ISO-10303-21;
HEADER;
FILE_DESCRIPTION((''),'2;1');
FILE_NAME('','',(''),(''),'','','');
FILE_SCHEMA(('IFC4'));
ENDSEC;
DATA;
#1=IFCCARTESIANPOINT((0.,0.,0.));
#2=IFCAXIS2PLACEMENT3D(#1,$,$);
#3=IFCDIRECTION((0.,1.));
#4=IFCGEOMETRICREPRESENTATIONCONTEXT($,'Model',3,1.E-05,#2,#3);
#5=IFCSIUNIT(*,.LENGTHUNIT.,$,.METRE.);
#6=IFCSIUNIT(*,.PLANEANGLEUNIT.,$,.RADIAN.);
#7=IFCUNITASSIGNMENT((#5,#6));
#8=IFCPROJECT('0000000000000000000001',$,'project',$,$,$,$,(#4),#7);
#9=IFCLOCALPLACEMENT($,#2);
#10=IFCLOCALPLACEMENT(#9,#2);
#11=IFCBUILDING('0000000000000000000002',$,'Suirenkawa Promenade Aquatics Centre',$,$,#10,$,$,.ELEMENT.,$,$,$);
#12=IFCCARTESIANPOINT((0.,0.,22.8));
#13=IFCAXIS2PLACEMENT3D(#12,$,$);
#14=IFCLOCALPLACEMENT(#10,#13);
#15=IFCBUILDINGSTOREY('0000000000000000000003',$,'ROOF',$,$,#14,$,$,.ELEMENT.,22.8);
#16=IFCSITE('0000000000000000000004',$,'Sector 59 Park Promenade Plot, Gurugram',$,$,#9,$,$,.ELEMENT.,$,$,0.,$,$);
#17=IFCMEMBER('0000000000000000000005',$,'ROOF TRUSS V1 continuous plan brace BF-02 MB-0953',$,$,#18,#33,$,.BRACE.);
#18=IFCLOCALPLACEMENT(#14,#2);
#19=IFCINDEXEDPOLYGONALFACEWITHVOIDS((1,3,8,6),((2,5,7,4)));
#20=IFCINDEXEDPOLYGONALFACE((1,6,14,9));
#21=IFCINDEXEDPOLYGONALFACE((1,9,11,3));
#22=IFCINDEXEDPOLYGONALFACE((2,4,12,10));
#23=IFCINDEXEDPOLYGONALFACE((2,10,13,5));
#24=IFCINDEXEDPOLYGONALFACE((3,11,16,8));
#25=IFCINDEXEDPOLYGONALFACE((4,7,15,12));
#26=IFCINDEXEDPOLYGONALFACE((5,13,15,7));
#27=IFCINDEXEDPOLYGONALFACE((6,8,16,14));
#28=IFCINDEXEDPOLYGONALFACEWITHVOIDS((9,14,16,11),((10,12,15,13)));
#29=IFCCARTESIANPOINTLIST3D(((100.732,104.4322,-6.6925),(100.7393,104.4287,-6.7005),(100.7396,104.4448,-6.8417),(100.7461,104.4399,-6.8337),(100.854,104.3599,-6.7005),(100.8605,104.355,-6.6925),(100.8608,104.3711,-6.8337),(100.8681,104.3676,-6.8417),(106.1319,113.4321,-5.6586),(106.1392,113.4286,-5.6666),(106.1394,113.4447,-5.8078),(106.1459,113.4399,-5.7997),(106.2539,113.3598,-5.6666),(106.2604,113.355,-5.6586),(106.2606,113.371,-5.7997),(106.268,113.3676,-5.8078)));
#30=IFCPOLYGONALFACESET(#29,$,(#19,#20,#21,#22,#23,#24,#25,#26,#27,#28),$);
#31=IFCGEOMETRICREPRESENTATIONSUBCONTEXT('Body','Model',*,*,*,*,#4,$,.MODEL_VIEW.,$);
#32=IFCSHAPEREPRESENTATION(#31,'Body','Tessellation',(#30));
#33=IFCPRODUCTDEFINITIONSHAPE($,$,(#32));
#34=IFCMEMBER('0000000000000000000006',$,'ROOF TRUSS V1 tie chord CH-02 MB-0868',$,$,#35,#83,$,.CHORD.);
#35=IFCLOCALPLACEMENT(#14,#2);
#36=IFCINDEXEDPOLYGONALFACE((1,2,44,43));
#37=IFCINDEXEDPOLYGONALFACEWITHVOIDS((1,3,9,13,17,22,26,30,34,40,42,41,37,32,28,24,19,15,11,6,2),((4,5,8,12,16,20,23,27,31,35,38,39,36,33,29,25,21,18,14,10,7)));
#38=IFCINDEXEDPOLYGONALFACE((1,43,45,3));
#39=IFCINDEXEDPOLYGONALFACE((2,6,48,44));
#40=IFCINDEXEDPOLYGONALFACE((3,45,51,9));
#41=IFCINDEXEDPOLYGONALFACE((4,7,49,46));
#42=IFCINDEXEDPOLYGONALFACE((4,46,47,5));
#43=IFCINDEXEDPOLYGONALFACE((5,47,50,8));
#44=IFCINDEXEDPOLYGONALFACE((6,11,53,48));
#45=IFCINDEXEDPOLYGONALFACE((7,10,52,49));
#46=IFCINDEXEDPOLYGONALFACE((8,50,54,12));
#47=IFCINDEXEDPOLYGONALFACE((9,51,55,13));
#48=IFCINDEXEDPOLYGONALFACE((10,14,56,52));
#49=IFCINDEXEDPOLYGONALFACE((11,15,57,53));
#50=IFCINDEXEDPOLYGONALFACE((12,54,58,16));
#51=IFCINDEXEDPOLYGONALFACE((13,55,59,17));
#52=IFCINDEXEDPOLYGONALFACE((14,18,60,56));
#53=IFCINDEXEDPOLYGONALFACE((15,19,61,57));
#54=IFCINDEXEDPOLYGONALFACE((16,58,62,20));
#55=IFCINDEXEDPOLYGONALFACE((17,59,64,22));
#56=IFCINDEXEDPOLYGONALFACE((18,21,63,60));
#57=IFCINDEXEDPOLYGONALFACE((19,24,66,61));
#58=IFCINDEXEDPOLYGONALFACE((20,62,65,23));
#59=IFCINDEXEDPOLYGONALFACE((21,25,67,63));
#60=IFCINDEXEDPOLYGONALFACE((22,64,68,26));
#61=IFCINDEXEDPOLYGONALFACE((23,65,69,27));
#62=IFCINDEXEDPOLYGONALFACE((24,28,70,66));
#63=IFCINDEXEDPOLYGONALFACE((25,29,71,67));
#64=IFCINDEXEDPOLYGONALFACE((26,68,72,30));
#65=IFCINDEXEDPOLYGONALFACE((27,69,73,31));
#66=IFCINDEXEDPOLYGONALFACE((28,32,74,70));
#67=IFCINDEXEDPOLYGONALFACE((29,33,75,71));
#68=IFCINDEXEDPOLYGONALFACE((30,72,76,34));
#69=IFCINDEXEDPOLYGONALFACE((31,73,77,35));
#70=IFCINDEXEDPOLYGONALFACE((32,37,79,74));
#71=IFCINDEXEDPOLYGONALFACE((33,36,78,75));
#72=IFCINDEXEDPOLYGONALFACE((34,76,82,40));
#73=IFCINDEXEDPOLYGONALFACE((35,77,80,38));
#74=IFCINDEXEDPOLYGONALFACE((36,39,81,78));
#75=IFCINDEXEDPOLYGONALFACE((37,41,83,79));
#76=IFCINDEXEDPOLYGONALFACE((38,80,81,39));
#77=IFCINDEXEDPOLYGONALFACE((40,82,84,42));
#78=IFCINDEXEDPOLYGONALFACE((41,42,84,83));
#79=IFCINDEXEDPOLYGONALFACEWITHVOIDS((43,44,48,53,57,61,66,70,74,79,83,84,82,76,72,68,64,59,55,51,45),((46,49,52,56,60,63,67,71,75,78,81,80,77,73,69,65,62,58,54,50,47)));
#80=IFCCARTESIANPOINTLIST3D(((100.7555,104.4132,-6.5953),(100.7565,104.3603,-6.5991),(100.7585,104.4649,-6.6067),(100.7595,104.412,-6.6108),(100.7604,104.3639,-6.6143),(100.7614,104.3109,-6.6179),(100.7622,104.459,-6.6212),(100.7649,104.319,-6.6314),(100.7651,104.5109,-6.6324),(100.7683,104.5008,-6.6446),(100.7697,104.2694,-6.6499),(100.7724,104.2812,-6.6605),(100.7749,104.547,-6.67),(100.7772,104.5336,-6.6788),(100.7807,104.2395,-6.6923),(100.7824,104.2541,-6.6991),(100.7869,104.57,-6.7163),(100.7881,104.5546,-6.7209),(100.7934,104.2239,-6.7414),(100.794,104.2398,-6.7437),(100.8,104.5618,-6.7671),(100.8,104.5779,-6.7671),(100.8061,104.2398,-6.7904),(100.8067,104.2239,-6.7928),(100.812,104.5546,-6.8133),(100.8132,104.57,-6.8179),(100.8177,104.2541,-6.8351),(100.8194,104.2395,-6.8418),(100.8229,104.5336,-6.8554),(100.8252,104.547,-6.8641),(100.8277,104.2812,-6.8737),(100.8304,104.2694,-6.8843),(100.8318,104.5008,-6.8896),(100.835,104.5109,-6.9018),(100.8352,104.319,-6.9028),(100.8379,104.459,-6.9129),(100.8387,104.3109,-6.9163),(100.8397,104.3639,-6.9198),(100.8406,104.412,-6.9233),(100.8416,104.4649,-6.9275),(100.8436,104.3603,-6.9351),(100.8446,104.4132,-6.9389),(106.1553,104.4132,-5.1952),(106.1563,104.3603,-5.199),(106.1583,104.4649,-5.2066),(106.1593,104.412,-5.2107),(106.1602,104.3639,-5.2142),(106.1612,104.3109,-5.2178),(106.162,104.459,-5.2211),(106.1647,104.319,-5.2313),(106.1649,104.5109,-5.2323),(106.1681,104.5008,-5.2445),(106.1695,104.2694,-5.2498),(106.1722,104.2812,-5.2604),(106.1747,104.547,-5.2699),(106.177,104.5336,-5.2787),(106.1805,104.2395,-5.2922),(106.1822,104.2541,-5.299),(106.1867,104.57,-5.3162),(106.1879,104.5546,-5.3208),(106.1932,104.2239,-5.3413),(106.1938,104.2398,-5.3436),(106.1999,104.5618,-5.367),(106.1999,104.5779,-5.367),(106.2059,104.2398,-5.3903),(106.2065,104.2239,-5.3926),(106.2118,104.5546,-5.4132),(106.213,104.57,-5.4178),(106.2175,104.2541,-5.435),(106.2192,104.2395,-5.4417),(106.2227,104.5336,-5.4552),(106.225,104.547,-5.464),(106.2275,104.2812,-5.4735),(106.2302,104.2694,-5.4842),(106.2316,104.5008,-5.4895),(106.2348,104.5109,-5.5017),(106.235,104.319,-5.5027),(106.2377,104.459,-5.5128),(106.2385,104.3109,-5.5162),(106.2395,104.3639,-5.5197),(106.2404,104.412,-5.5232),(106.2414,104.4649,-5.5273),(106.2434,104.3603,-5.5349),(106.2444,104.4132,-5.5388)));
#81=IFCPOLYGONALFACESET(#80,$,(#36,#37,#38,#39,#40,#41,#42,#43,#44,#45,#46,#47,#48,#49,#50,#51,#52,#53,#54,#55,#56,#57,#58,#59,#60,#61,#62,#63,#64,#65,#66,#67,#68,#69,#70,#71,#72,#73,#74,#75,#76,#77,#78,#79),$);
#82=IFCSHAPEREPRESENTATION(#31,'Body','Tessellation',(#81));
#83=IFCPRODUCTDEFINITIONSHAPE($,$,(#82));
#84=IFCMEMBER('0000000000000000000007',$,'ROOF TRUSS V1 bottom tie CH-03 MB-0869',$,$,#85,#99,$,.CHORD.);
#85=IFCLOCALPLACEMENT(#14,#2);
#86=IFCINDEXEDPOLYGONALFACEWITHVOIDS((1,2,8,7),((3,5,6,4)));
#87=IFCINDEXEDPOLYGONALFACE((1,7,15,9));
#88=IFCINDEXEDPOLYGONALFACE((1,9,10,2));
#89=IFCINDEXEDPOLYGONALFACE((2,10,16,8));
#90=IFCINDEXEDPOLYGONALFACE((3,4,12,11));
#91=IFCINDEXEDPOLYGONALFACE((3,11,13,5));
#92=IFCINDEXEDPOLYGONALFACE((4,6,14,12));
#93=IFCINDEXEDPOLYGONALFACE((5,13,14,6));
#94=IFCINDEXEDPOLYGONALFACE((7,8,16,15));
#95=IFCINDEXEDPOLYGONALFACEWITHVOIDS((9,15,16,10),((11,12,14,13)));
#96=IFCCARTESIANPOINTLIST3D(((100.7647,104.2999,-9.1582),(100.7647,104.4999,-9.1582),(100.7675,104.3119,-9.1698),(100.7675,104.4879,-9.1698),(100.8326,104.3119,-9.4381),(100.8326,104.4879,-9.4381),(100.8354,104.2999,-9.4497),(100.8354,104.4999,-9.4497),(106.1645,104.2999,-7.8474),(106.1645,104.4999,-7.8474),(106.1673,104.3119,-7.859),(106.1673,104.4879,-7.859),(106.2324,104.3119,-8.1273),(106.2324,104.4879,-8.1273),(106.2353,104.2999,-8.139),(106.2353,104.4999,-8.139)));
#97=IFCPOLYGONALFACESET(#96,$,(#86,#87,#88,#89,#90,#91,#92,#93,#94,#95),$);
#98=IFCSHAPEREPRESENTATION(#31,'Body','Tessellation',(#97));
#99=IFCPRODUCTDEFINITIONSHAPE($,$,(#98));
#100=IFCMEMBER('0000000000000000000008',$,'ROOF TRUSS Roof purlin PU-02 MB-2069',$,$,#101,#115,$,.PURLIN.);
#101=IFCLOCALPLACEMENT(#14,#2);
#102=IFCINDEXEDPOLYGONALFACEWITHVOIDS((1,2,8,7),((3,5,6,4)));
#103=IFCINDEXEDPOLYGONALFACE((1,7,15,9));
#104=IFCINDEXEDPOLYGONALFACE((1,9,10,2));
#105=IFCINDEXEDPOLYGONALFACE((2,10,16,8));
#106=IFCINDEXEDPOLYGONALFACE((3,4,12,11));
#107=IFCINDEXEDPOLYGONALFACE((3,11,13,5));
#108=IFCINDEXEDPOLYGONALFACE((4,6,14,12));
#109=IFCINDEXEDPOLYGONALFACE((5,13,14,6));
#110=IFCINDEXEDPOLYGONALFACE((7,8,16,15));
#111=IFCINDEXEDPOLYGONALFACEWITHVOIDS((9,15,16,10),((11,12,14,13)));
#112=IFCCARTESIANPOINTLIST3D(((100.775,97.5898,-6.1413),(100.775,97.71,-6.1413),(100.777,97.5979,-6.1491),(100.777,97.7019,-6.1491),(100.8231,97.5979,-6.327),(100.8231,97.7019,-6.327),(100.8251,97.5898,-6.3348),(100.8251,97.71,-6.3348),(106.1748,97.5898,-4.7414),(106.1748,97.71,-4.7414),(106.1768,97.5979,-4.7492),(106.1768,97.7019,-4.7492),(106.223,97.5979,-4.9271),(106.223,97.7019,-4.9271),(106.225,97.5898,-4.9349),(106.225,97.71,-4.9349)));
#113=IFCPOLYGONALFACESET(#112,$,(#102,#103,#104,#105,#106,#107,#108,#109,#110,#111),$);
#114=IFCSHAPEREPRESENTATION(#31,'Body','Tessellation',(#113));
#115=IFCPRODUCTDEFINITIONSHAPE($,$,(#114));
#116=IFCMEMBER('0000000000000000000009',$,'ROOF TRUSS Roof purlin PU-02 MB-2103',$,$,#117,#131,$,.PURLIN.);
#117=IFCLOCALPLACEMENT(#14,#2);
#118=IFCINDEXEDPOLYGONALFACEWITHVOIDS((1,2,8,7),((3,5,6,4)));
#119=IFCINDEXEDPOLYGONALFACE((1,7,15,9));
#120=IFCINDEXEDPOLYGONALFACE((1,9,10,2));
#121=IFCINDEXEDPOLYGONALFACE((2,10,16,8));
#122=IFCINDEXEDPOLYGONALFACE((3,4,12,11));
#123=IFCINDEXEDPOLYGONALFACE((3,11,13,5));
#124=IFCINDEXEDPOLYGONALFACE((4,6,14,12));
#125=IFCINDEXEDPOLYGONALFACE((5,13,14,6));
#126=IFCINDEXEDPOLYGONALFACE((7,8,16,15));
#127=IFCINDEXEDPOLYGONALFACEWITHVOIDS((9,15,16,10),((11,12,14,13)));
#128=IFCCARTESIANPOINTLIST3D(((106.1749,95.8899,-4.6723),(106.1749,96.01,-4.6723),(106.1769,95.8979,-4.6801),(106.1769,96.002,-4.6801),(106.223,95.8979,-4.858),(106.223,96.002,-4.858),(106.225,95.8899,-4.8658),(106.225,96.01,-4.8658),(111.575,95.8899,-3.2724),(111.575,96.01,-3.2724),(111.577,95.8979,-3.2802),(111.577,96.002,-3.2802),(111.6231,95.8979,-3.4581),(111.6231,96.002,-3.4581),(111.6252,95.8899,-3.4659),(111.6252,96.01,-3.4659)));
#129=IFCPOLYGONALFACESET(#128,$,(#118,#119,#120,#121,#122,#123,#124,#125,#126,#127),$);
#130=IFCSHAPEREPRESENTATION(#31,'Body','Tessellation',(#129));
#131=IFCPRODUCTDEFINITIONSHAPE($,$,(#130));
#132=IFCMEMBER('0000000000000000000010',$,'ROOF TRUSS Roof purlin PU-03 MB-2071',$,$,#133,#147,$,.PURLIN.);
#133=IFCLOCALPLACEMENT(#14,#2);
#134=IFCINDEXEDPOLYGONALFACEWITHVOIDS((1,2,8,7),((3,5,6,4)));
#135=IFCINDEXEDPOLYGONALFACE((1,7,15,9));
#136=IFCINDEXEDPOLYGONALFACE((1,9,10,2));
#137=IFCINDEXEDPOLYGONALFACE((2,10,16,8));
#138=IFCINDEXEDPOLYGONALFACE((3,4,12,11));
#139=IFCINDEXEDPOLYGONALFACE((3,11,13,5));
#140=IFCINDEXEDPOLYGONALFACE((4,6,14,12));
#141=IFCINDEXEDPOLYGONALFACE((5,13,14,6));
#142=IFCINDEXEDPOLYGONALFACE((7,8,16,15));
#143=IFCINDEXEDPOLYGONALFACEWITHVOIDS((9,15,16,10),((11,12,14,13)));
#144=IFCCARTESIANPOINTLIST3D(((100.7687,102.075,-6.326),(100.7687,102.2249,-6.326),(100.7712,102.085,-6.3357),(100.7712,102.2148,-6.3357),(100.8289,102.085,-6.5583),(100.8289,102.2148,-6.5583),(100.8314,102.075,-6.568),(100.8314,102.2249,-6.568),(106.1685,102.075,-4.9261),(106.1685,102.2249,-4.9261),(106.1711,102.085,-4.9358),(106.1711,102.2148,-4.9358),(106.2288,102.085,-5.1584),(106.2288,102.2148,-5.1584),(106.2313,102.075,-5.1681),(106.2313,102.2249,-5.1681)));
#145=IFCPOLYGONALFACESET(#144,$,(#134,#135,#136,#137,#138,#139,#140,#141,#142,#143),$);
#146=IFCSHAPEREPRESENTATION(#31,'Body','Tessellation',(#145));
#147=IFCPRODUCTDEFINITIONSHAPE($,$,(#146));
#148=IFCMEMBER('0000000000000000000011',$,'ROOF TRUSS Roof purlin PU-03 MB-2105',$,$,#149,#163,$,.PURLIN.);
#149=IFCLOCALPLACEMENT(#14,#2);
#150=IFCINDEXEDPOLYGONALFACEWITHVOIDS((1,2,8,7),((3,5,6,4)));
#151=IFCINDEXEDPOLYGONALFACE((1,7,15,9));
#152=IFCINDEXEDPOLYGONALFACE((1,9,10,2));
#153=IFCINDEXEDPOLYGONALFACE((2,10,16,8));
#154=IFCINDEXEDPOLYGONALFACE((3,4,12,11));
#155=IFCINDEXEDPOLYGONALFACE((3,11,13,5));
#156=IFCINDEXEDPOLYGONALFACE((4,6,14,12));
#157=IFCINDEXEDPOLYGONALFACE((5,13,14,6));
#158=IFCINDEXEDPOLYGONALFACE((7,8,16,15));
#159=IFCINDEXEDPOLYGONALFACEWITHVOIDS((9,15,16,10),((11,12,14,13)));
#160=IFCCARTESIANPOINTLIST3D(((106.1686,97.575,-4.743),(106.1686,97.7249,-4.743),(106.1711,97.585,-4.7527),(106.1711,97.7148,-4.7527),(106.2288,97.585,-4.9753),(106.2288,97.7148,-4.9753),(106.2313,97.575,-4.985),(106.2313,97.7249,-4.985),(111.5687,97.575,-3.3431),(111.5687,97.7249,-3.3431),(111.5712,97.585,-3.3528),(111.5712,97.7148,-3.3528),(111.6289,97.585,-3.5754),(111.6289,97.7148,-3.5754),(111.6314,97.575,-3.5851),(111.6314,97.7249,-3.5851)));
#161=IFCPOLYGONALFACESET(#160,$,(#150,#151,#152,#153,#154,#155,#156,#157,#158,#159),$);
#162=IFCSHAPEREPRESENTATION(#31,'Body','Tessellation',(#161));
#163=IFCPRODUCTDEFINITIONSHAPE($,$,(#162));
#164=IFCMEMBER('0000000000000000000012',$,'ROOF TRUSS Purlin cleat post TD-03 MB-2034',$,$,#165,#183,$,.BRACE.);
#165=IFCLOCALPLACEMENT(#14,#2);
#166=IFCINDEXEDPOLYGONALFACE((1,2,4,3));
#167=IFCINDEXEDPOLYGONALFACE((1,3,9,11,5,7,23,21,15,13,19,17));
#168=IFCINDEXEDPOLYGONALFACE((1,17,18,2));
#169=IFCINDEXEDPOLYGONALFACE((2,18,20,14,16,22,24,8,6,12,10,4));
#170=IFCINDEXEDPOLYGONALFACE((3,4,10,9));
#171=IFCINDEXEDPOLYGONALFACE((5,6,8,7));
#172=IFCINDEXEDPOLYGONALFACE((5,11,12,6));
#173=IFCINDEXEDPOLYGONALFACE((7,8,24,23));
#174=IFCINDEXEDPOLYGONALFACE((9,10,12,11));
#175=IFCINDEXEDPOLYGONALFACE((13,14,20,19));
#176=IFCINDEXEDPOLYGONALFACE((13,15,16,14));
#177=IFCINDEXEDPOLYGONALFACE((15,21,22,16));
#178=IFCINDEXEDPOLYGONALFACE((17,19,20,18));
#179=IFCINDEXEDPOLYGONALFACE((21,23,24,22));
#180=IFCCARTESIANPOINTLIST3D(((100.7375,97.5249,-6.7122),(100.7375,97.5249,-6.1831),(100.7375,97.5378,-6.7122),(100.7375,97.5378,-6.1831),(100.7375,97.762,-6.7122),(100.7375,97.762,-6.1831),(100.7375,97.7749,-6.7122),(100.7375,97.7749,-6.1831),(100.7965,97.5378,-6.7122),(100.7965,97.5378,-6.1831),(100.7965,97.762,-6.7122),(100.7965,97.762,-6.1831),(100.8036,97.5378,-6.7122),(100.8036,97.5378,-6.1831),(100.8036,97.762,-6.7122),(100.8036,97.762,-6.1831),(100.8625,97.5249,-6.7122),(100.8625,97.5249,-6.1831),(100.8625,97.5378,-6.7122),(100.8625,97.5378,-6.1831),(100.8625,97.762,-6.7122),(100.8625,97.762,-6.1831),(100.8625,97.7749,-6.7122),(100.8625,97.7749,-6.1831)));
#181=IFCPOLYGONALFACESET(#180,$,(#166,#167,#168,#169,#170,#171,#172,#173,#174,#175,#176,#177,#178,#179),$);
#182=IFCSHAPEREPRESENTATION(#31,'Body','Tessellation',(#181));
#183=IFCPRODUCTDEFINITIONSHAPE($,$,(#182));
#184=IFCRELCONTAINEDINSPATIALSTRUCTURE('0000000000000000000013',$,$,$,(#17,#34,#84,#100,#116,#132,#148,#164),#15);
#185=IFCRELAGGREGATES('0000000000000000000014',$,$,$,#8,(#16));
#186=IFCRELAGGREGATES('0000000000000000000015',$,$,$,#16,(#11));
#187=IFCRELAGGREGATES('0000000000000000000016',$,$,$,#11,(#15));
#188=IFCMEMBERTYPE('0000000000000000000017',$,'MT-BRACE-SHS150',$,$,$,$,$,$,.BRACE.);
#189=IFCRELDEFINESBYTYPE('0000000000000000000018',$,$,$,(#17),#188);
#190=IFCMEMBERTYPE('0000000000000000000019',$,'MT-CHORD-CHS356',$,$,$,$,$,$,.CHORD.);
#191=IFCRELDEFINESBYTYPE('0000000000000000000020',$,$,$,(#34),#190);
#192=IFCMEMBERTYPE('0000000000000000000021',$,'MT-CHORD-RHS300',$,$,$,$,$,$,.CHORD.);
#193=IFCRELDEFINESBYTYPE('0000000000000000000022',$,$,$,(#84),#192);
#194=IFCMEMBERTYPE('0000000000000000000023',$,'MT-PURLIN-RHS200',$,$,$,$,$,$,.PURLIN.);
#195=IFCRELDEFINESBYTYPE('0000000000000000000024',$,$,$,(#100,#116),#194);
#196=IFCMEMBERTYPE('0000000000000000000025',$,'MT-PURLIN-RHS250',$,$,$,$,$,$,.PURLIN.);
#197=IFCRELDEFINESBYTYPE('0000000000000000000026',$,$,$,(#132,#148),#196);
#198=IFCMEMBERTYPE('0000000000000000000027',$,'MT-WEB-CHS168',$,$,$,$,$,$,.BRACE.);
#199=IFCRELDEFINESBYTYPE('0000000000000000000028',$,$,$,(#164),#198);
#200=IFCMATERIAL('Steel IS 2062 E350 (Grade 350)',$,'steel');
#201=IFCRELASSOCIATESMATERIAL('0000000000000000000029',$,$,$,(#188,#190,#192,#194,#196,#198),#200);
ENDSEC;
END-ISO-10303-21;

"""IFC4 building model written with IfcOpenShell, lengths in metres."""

from ifc_helpers import new_model, si_unit, direction, frame, origin, origin_2d, place, context, subcontext, project, spatial, hollow_rectangle, hollow_circle, i_section, extrude, material, material_profile, profile_set, type_object, element, save


model = new_model("IFC4")

# Units and contexts
model_context = context("Model", 3, precision=1e-05, world=origin(), true_north=direction((0.0, 1.0)))
body_context = subcontext(model_context, "Body", "Model", "MODEL_VIEW")
ifc_project = project(units=[si_unit("LENGTHUNIT", "METRE"), si_unit("PLANEANGLEUNIT", "RADIAN")], contexts=[model_context])

# Site, building, storey
site_placement = place(None, origin())
site = spatial("IfcSite", under=ifc_project, at=site_placement, Name="Sector 59 Park Promenade Plot, Gurugram", CompositionType="ELEMENT", RefElevation=0.0)
building_placement = place(site_placement, origin())
building = spatial("IfcBuilding", under=site, at=building_placement, Name="Suirenkawa Promenade Aquatics Centre", CompositionType="ELEMENT")
storey_placement = place(building_placement, frame((0.0, 0.0, 22.8)))
storey = spatial("IfcBuildingStorey", under=building, at=storey_placement, Name="ROOF", CompositionType="ELEMENT", Elevation=22.8)

# Shared definitions
ifc_material = material(Name="Steel IS 2062 E350 (Grade 350)", Category="steel")

# Members
ifc_material_profile_1 = material_profile(ifc_material, hollow_rectangle(XDim=0.1499, YDim=0.1499, WallThickness=0.0081, at=origin_2d()), Name="SHS 150x150x8", Category="steel")
ifc_profile_set_1 = profile_set([ifc_material_profile_1], Name="Steel IS 2062 E350 (Grade 350)")
member_type_1 = type_object("IfcMemberType", Name="MT-BRACE-SHS150", PredefinedType="BRACE", material=ifc_profile_set_1)
member_1_placement = place(storey_placement, frame((100.8, 104.3999, -6.7671), z_axis=(0.512011, 0.853366, 0.098036), x_axis=(-0.857497, 0.514489, 0.0)))
element("IfcMember", 1, at=member_1_placement, inside=storey, type_object=member_type_1, Name="ROOF TRUSS V1 continuous plan brace BF-02 MB-0953", PredefinedType="BRACE", context=body_context, shape_type="SweptSolid", body=[
    extrude(hollow_rectangle(XDim=0.1499, YDim=0.1499, WallThickness=0.0081, at=origin_2d()), origin(), (0.0, 0.0, 1.0), 10.5464),
])
ifc_material_profile_2 = material_profile(ifc_material, hollow_circle(Radius=0.178, WallThickness=0.0161, at=origin_2d()), Name="CHS 356x16", Category="steel")
ifc_profile_set_2 = profile_set([ifc_material_profile_2], Name="Steel IS 2062 E350 (Grade 350)")
member_type_2 = type_object("IfcMemberType", Name="MT-CHORD-CHS356", PredefinedType="CHORD", material=ifc_profile_set_2)
member_2_placement = place(storey_placement, frame((100.8, 104.3999, -6.7671), z_axis=(0.967989, 0.0, 0.250991), x_axis=(0.0, 1.0, 0.0)))
element("IfcMember", 2, at=member_2_placement, inside=storey, type_object=member_type_2, Name="ROOF TRUSS V1 tie chord CH-02 MB-0868", PredefinedType="CHORD", context=body_context, shape_type="SweptSolid", body=[
    extrude(hollow_circle(Radius=0.178, WallThickness=0.0161, at=origin_2d()), origin(), (0.0, 0.0, 1.0), 5.5784),
])
ifc_material_profile_3 = material_profile(ifc_material, hollow_rectangle(XDim=0.2, YDim=0.3, WallThickness=0.012, at=origin_2d()), Name="RHS 300x200x12", Category="steel")
ifc_profile_set_3 = profile_set([ifc_material_profile_3], Name="Steel IS 2062 E350 (Grade 350)")
member_type_3 = type_object("IfcMemberType", Name="MT-CHORD-RHS300", PredefinedType="CHORD", material=ifc_profile_set_3)
member_3_placement = place(storey_placement, frame((100.8, 104.3999, -9.304), z_axis=(0.971779, 0.0, 0.235893), x_axis=(0.0, 1.0, 0.0)))
element("IfcMember", 3, at=member_3_placement, inside=storey, type_object=member_type_3, Name="ROOF TRUSS V1 bottom tie CH-03 MB-0869", PredefinedType="CHORD", context=body_context, shape_type="SweptSolid", body=[
    extrude(hollow_rectangle(XDim=0.2, YDim=0.3, WallThickness=0.012, at=origin_2d()), origin(), (0.0, 0.0, 1.0), 5.5566),
])
ifc_material_profile_4 = material_profile(ifc_material, hollow_rectangle(XDim=0.1201, YDim=0.2, WallThickness=0.0081, at=origin_2d()), Name="RHS 200x120x8", Category="steel")
ifc_profile_set_4 = profile_set([ifc_material_profile_4], Name="Steel IS 2062 E350 (Grade 350)")
member_type_4 = type_object("IfcMemberType", Name="MT-PURLIN-RHS200", PredefinedType="PURLIN", material=ifc_profile_set_4)
member_4_placement = place(storey_placement, frame((100.8, 97.6499, -6.238), z_axis=(0.968, 0.0, 0.25095), x_axis=(0.0, 1.0, 0.0)))
element("IfcMember", 4, at=member_4_placement, inside=storey, type_object=member_type_4, Name="ROOF TRUSS Roof purlin PU-02 MB-2069", PredefinedType="PURLIN", context=body_context, shape_type="SweptSolid", body=[
    extrude(hollow_rectangle(XDim=0.1201, YDim=0.2, WallThickness=0.0081, at=origin_2d()), origin(), (0.0, 0.0, 1.0), 5.5784),
])
member_5_placement = place(storey_placement, frame((106.2, 95.95, -4.769), z_axis=(0.968003, 0.0, 0.250939), x_axis=(0.0, 1.0, 0.0)))
element("IfcMember", 5, at=member_5_placement, inside=storey, type_object=member_type_4, Name="ROOF TRUSS Roof purlin PU-02 MB-2103", PredefinedType="PURLIN", context=body_context, shape_type="SweptSolid", body=[
    extrude(hollow_rectangle(XDim=0.1201, YDim=0.2, WallThickness=0.0081, at=origin_2d()), origin(), (0.0, 0.0, 1.0), 5.5786),
])
ifc_material_profile_5 = material_profile(ifc_material, hollow_rectangle(XDim=0.1499, YDim=0.25, WallThickness=0.01, at=origin_2d()), Name="RHS 250x150x10", Category="steel")
ifc_profile_set_5 = profile_set([ifc_material_profile_5], Name="Steel IS 2062 E350 (Grade 350)")
member_type_5 = type_object("IfcMemberType", Name="MT-PURLIN-RHS250", PredefinedType="PURLIN", material=ifc_profile_set_5)
member_6_placement = place(storey_placement, frame((100.8, 102.1499, -6.447), z_axis=(0.968, 0.0, 0.25095), x_axis=(0.0, 1.0, 0.0)))
element("IfcMember", 6, at=member_6_placement, inside=storey, type_object=member_type_5, Name="ROOF TRUSS Roof purlin PU-03 MB-2071", PredefinedType="PURLIN", context=body_context, shape_type="SweptSolid", body=[
    extrude(hollow_rectangle(XDim=0.1499, YDim=0.25, WallThickness=0.01, at=origin_2d()), origin(), (0.0, 0.0, 1.0), 5.5784),
])
member_7_placement = place(storey_placement, frame((106.2, 97.6499, -4.864), z_axis=(0.968003, 0.0, 0.250939), x_axis=(0.0, 1.0, 0.0)))
element("IfcMember", 7, at=member_7_placement, inside=storey, type_object=member_type_5, Name="ROOF TRUSS Roof purlin PU-03 MB-2105", PredefinedType="PURLIN", context=body_context, shape_type="SweptSolid", body=[
    extrude(hollow_rectangle(XDim=0.1499, YDim=0.25, WallThickness=0.01, at=origin_2d()), origin(), (0.0, 0.0, 1.0), 5.5786),
])
ifc_material_profile_6 = material_profile(ifc_material, i_section(OverallWidth=0.125, OverallDepth=0.25, WebThickness=0.0071, FlangeThickness=0.0129, at=origin_2d()), Name="ISMB 250", Category="steel")
ifc_profile_set_6 = profile_set([ifc_material_profile_6], Name="Steel IS 2062 E350 (Grade 350)")
member_type_6 = type_object("IfcMemberType", Name="MT-WEB-CHS168", PredefinedType="BRACE", material=ifc_profile_set_6)
member_8_placement = place(storey_placement, frame((100.8, 97.6499, -6.7122), z_axis=(0.0, 0.0, 1.0), x_axis=(1.0, 0.0, 0.0)))
element("IfcMember", 8, at=member_8_placement, inside=storey, type_object=member_type_6, Name="ROOF TRUSS Purlin cleat post TD-03 MB-2034", PredefinedType="BRACE", context=body_context, shape_type="SweptSolid", body=[
    extrude(i_section(OverallWidth=0.125, OverallDepth=0.25, WebThickness=0.0071, FlangeThickness=0.0129, at=origin_2d()), origin(), (0.0, 0.0, 1.0), 0.5291),
])

save(model, "model.ifc")
